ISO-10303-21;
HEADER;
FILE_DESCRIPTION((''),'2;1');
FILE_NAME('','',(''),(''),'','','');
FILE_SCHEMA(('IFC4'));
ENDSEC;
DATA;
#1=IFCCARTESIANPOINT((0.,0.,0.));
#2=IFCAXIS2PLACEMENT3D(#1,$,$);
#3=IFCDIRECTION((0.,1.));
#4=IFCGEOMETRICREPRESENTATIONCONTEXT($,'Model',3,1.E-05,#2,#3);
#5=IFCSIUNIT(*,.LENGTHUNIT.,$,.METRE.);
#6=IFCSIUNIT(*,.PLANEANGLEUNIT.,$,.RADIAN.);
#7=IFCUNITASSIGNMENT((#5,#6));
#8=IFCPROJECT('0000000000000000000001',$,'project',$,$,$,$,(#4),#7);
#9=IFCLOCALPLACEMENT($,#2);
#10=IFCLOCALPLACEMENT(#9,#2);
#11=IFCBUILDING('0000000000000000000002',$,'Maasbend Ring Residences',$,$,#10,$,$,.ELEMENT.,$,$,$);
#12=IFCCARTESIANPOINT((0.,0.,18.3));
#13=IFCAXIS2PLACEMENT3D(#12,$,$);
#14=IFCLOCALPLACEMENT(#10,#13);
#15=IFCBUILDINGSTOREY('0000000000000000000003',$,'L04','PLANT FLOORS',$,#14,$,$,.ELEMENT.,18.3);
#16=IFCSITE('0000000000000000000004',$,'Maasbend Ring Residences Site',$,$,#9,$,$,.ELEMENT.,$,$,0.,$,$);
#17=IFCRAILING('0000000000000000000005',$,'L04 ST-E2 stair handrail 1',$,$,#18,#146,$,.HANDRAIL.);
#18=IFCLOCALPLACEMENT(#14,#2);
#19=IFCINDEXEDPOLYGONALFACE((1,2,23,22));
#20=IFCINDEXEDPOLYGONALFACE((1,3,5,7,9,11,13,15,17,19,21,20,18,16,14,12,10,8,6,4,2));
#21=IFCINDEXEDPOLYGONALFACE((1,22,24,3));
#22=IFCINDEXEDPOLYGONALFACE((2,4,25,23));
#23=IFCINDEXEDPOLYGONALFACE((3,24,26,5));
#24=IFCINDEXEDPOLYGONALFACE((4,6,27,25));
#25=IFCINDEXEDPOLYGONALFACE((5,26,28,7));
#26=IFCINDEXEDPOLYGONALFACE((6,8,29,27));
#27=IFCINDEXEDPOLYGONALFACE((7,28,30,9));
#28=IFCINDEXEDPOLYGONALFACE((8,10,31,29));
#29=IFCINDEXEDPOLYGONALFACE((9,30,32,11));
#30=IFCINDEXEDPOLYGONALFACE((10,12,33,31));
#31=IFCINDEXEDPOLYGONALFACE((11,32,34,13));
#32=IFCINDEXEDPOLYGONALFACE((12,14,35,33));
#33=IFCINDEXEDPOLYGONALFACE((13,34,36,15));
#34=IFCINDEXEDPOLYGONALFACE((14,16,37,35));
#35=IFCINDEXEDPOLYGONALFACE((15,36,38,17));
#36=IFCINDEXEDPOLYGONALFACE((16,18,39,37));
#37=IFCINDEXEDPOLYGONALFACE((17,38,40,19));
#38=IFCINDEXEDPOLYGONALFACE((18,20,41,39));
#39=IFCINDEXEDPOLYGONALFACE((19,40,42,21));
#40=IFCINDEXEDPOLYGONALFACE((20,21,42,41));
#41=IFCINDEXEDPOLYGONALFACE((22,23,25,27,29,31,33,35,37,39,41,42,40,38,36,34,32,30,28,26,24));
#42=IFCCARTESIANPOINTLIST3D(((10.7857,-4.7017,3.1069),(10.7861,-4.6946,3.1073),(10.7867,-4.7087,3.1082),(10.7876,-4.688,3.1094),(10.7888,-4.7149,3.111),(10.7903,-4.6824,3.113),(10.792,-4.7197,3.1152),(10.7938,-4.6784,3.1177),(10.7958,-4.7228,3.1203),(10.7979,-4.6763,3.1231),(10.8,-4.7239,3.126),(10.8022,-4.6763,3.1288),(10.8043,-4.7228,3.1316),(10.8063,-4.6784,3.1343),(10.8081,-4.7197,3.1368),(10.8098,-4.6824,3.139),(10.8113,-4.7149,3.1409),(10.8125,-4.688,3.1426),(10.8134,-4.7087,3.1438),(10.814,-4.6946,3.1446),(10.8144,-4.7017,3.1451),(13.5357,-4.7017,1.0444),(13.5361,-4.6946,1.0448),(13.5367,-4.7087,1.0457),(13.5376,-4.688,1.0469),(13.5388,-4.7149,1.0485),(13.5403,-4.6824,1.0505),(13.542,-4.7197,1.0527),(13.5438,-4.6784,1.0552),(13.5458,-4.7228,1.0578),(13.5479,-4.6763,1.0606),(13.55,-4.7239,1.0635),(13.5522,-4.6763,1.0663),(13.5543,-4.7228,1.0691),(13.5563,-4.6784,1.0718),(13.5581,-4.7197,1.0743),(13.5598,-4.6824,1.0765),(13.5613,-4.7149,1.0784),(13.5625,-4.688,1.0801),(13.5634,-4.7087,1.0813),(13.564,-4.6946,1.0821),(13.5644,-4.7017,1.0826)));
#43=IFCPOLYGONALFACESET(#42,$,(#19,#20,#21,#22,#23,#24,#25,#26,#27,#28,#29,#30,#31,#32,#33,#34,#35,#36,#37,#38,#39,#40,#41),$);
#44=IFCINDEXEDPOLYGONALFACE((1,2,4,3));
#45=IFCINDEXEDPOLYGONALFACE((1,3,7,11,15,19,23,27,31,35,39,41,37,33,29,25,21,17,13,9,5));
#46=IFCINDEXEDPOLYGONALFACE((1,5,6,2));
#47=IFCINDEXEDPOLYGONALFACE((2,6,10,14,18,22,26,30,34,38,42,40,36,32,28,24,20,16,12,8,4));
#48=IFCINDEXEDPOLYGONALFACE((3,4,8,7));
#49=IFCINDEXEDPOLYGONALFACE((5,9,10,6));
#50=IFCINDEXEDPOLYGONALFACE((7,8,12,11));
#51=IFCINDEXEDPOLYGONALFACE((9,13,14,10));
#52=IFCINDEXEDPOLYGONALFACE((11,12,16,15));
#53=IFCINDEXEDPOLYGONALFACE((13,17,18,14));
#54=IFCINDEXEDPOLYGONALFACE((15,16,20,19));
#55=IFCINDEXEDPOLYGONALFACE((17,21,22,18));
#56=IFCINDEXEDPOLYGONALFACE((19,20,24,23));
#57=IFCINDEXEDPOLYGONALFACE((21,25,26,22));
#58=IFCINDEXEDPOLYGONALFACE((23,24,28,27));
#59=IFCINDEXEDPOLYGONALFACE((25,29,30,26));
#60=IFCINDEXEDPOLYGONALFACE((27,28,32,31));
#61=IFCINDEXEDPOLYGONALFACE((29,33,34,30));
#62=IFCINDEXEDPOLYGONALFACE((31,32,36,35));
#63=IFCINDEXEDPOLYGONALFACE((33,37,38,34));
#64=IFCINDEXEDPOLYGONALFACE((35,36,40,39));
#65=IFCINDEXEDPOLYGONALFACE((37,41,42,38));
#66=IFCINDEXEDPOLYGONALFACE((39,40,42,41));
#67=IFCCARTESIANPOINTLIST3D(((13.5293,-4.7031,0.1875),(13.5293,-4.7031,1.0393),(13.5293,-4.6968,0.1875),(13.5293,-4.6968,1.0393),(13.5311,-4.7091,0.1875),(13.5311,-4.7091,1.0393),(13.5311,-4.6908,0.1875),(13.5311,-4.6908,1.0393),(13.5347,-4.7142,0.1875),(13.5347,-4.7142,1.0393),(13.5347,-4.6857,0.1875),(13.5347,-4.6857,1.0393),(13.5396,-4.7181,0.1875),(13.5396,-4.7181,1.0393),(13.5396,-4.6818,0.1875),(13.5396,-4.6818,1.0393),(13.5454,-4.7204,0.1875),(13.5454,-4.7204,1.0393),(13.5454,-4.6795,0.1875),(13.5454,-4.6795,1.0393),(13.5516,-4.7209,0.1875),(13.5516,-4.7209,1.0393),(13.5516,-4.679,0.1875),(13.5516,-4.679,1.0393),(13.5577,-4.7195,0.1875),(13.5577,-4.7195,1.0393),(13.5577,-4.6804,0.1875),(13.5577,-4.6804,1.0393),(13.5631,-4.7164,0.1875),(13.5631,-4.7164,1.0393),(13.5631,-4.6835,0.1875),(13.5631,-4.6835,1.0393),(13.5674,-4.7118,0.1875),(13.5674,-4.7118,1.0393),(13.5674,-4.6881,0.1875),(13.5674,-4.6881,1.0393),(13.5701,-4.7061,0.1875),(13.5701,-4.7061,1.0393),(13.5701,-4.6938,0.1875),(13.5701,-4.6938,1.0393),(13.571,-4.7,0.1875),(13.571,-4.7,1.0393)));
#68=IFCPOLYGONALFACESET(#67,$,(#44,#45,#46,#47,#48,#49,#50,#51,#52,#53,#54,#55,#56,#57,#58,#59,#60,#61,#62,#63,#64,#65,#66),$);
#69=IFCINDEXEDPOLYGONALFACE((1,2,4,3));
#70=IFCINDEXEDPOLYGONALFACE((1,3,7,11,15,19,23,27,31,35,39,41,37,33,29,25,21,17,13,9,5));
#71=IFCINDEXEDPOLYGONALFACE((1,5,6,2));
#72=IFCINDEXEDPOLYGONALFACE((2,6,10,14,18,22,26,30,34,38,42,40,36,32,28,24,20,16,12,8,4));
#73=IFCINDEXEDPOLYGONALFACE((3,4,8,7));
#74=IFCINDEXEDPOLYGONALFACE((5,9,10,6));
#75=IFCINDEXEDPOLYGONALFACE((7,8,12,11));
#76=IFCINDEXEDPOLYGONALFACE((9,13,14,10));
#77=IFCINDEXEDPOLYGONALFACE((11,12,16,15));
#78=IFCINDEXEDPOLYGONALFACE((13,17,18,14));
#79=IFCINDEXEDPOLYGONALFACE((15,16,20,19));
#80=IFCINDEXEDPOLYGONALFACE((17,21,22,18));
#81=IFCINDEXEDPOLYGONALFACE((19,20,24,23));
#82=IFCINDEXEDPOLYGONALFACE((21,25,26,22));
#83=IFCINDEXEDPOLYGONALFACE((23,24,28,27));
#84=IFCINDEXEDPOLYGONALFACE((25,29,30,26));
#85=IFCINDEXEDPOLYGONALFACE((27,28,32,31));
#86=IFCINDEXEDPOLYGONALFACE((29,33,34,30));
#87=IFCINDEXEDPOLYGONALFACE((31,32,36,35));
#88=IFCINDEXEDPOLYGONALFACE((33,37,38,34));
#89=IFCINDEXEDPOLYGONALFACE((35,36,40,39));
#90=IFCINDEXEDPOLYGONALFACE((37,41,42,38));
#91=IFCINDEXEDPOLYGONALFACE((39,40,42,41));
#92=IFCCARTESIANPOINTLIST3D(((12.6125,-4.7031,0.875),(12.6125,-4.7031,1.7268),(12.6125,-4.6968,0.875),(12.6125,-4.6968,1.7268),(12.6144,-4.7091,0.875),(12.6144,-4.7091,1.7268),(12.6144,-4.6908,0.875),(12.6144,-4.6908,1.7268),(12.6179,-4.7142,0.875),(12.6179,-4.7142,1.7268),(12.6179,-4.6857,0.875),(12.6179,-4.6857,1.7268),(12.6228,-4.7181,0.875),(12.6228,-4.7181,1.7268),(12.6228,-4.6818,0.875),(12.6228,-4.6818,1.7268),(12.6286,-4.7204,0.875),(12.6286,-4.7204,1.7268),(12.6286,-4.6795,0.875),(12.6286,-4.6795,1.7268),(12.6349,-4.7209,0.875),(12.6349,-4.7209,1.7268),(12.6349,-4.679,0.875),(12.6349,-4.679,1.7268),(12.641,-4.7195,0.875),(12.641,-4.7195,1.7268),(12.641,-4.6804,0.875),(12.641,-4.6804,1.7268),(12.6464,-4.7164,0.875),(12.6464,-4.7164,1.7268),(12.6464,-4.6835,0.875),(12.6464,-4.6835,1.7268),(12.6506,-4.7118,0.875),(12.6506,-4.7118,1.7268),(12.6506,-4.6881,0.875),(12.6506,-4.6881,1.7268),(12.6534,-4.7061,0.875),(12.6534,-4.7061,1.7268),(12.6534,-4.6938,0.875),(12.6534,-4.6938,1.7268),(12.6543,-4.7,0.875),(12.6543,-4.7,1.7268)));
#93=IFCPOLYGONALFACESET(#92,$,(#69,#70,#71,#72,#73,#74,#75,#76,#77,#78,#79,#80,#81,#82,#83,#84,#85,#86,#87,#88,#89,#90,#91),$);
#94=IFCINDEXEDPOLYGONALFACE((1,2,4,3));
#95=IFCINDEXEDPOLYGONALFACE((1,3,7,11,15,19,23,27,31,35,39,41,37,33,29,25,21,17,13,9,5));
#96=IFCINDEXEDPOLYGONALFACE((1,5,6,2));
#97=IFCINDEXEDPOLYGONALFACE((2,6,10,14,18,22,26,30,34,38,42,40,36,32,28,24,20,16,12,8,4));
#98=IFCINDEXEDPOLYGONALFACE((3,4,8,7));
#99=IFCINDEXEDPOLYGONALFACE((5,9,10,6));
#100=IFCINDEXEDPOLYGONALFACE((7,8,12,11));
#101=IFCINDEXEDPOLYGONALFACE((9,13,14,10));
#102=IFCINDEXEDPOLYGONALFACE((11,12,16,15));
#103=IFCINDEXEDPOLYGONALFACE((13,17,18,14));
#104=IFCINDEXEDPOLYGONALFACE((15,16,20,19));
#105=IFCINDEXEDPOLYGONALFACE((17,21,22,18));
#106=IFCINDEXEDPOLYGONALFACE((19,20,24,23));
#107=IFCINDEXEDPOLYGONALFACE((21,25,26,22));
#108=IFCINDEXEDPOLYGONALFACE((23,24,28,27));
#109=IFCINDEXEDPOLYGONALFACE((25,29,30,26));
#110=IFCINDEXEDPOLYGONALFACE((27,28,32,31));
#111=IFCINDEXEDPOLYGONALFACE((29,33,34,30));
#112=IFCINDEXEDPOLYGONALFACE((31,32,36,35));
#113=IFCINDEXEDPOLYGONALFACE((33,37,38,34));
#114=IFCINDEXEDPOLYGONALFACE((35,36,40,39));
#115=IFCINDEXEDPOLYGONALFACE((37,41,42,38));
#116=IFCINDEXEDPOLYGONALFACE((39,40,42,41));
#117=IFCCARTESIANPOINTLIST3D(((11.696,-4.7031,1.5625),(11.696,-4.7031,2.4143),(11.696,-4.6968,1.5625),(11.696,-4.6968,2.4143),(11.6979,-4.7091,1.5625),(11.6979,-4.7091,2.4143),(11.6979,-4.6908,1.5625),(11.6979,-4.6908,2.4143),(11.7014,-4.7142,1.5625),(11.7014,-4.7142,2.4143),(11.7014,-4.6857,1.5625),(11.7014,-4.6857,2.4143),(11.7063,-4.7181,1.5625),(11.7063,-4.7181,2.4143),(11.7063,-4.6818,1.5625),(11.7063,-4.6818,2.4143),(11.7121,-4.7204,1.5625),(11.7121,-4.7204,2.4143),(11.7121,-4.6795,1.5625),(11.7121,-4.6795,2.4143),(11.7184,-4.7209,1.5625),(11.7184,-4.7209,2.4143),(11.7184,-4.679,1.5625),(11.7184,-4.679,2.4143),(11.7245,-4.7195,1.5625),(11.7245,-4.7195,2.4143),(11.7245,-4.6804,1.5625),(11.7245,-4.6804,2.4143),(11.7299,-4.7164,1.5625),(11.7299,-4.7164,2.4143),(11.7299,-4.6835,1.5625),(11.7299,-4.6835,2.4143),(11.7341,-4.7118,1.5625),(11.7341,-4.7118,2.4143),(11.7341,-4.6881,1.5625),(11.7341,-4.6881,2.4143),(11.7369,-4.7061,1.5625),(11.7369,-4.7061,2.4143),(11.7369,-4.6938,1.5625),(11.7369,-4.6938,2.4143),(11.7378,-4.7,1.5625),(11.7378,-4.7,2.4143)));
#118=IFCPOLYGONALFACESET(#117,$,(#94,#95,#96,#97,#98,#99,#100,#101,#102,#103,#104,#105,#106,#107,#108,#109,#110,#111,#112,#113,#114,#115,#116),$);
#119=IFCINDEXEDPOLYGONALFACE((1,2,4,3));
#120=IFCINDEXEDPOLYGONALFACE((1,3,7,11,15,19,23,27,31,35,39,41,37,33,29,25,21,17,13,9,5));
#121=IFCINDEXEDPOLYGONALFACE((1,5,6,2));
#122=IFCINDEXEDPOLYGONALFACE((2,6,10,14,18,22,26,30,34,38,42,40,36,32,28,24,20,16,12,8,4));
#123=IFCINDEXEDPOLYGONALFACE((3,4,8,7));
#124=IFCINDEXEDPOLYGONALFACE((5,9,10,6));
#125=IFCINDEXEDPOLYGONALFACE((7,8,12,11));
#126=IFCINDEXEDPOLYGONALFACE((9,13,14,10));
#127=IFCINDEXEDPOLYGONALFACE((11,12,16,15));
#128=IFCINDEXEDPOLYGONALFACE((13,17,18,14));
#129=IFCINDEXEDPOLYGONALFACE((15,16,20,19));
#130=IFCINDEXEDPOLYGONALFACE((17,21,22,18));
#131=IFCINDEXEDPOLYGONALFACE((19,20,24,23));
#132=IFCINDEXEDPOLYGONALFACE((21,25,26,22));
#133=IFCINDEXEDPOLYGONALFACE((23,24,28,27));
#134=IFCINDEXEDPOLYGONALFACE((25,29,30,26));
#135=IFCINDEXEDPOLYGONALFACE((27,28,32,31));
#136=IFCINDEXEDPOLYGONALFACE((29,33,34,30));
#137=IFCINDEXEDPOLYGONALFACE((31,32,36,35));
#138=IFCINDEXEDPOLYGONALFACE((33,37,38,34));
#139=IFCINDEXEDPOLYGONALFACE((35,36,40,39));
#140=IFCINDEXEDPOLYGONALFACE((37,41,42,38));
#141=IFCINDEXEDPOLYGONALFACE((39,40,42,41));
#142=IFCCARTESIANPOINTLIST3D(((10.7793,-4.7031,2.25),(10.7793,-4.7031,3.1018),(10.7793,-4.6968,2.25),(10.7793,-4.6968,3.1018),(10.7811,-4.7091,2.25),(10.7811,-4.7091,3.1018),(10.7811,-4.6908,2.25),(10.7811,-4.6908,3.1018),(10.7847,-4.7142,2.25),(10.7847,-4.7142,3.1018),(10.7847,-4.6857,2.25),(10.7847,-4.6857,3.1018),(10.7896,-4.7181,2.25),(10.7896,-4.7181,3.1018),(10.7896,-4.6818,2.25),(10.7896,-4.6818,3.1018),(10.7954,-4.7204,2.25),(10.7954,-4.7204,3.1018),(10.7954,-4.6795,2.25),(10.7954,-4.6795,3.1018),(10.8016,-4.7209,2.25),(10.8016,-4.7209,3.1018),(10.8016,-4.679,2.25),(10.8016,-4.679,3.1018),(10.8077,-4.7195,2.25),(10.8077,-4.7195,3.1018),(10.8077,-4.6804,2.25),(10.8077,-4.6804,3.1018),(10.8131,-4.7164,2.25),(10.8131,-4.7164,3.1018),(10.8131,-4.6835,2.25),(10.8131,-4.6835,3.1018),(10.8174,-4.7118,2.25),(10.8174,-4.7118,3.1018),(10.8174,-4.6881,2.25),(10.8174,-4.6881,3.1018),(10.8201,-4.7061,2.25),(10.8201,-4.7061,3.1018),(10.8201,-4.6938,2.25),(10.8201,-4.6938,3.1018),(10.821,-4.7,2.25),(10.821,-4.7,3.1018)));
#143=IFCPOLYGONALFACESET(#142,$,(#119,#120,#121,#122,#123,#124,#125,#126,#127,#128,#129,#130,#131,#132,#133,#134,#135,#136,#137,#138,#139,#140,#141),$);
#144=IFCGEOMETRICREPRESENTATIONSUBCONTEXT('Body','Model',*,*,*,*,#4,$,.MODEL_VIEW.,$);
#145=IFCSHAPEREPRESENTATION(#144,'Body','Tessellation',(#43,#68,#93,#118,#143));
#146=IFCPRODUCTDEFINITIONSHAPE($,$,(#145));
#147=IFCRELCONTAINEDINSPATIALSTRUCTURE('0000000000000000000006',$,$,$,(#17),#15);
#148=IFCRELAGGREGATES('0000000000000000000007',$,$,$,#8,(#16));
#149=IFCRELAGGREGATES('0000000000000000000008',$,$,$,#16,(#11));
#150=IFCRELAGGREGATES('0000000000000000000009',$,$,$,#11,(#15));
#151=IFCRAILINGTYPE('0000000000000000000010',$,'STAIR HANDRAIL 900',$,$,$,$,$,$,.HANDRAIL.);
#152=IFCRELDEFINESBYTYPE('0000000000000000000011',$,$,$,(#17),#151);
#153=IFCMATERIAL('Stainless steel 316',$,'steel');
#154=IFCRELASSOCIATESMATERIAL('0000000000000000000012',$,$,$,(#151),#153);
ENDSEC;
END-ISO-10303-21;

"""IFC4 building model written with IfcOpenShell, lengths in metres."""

from ifc_helpers import new_model, si_unit, direction, frame, origin, origin_2d, place, context, subcontext, project, spatial, circle, extrude, material, type_object, element, save


model = new_model("IFC4")

# Units and contexts
model_context = context("Model", 3, precision=1e-05, world=origin(), true_north=direction((0.0, 1.0)))
body_context = subcontext(model_context, "Body", "Model", "MODEL_VIEW")
ifc_project = project(units=[si_unit("LENGTHUNIT", "METRE"), si_unit("PLANEANGLEUNIT", "RADIAN")], contexts=[model_context])

# Site, building, storey
site_placement = place(None, origin())
site = spatial("IfcSite", under=ifc_project, at=site_placement, Name="Maasbend Ring Residences Site", CompositionType="ELEMENT", RefElevation=0.0)
building_placement = place(site_placement, origin())
building = spatial("IfcBuilding", under=site, at=building_placement, Name="Maasbend Ring Residences", CompositionType="ELEMENT")
storey_placement = place(building_placement, frame((0.0, 0.0, 18.3)))
storey = spatial("IfcBuildingStorey", under=building, at=storey_placement, Name="L04", Description="PLANT FLOORS", CompositionType="ELEMENT", Elevation=18.3)

# Railing
ifc_material_1 = material(Name="Stainless steel 316", Category="steel")
railing_type_1 = type_object("IfcRailingType", Name="STAIR HANDRAIL 900", PredefinedType="HANDRAIL", material=ifc_material_1)
railing_1_placement = place(storey_placement, frame((13.55, -4.7, 0.1875)))
element("IfcRailing", 1, at=railing_1_placement, inside=storey, type_object=railing_type_1, Name="L04 ST-E2 stair handrail 1", PredefinedType="HANDRAIL", context=body_context, shape_type="SweptSolid", body=[
    extrude(circle(Radius=0.0239, at=origin_2d()), frame((0.0, 0.0, 0.876), z_axis=(-0.8, 0.0, 0.6), x_axis=(0.0, -1.0, 0.0)), (0.0, 0.0, 1.0), 3.4375),
    extrude(circle(Radius=0.021, at=origin_2d()), origin(), (0.0, 0.0, 1.0), 0.8518),
    extrude(circle(Radius=0.021, at=origin_2d()), frame((-0.9167, 0.0, 0.6875)), (0.0, 0.0, 1.0), 0.8518),
    extrude(circle(Radius=0.021, at=origin_2d()), frame((-1.8333, 0.0, 1.375)), (0.0, 0.0, 1.0), 0.8518),
    extrude(circle(Radius=0.021, at=origin_2d()), frame((-2.75, 0.0, 2.0625)), (0.0, 0.0, 1.0), 0.8518),
])

save(model, "model.ifc")
